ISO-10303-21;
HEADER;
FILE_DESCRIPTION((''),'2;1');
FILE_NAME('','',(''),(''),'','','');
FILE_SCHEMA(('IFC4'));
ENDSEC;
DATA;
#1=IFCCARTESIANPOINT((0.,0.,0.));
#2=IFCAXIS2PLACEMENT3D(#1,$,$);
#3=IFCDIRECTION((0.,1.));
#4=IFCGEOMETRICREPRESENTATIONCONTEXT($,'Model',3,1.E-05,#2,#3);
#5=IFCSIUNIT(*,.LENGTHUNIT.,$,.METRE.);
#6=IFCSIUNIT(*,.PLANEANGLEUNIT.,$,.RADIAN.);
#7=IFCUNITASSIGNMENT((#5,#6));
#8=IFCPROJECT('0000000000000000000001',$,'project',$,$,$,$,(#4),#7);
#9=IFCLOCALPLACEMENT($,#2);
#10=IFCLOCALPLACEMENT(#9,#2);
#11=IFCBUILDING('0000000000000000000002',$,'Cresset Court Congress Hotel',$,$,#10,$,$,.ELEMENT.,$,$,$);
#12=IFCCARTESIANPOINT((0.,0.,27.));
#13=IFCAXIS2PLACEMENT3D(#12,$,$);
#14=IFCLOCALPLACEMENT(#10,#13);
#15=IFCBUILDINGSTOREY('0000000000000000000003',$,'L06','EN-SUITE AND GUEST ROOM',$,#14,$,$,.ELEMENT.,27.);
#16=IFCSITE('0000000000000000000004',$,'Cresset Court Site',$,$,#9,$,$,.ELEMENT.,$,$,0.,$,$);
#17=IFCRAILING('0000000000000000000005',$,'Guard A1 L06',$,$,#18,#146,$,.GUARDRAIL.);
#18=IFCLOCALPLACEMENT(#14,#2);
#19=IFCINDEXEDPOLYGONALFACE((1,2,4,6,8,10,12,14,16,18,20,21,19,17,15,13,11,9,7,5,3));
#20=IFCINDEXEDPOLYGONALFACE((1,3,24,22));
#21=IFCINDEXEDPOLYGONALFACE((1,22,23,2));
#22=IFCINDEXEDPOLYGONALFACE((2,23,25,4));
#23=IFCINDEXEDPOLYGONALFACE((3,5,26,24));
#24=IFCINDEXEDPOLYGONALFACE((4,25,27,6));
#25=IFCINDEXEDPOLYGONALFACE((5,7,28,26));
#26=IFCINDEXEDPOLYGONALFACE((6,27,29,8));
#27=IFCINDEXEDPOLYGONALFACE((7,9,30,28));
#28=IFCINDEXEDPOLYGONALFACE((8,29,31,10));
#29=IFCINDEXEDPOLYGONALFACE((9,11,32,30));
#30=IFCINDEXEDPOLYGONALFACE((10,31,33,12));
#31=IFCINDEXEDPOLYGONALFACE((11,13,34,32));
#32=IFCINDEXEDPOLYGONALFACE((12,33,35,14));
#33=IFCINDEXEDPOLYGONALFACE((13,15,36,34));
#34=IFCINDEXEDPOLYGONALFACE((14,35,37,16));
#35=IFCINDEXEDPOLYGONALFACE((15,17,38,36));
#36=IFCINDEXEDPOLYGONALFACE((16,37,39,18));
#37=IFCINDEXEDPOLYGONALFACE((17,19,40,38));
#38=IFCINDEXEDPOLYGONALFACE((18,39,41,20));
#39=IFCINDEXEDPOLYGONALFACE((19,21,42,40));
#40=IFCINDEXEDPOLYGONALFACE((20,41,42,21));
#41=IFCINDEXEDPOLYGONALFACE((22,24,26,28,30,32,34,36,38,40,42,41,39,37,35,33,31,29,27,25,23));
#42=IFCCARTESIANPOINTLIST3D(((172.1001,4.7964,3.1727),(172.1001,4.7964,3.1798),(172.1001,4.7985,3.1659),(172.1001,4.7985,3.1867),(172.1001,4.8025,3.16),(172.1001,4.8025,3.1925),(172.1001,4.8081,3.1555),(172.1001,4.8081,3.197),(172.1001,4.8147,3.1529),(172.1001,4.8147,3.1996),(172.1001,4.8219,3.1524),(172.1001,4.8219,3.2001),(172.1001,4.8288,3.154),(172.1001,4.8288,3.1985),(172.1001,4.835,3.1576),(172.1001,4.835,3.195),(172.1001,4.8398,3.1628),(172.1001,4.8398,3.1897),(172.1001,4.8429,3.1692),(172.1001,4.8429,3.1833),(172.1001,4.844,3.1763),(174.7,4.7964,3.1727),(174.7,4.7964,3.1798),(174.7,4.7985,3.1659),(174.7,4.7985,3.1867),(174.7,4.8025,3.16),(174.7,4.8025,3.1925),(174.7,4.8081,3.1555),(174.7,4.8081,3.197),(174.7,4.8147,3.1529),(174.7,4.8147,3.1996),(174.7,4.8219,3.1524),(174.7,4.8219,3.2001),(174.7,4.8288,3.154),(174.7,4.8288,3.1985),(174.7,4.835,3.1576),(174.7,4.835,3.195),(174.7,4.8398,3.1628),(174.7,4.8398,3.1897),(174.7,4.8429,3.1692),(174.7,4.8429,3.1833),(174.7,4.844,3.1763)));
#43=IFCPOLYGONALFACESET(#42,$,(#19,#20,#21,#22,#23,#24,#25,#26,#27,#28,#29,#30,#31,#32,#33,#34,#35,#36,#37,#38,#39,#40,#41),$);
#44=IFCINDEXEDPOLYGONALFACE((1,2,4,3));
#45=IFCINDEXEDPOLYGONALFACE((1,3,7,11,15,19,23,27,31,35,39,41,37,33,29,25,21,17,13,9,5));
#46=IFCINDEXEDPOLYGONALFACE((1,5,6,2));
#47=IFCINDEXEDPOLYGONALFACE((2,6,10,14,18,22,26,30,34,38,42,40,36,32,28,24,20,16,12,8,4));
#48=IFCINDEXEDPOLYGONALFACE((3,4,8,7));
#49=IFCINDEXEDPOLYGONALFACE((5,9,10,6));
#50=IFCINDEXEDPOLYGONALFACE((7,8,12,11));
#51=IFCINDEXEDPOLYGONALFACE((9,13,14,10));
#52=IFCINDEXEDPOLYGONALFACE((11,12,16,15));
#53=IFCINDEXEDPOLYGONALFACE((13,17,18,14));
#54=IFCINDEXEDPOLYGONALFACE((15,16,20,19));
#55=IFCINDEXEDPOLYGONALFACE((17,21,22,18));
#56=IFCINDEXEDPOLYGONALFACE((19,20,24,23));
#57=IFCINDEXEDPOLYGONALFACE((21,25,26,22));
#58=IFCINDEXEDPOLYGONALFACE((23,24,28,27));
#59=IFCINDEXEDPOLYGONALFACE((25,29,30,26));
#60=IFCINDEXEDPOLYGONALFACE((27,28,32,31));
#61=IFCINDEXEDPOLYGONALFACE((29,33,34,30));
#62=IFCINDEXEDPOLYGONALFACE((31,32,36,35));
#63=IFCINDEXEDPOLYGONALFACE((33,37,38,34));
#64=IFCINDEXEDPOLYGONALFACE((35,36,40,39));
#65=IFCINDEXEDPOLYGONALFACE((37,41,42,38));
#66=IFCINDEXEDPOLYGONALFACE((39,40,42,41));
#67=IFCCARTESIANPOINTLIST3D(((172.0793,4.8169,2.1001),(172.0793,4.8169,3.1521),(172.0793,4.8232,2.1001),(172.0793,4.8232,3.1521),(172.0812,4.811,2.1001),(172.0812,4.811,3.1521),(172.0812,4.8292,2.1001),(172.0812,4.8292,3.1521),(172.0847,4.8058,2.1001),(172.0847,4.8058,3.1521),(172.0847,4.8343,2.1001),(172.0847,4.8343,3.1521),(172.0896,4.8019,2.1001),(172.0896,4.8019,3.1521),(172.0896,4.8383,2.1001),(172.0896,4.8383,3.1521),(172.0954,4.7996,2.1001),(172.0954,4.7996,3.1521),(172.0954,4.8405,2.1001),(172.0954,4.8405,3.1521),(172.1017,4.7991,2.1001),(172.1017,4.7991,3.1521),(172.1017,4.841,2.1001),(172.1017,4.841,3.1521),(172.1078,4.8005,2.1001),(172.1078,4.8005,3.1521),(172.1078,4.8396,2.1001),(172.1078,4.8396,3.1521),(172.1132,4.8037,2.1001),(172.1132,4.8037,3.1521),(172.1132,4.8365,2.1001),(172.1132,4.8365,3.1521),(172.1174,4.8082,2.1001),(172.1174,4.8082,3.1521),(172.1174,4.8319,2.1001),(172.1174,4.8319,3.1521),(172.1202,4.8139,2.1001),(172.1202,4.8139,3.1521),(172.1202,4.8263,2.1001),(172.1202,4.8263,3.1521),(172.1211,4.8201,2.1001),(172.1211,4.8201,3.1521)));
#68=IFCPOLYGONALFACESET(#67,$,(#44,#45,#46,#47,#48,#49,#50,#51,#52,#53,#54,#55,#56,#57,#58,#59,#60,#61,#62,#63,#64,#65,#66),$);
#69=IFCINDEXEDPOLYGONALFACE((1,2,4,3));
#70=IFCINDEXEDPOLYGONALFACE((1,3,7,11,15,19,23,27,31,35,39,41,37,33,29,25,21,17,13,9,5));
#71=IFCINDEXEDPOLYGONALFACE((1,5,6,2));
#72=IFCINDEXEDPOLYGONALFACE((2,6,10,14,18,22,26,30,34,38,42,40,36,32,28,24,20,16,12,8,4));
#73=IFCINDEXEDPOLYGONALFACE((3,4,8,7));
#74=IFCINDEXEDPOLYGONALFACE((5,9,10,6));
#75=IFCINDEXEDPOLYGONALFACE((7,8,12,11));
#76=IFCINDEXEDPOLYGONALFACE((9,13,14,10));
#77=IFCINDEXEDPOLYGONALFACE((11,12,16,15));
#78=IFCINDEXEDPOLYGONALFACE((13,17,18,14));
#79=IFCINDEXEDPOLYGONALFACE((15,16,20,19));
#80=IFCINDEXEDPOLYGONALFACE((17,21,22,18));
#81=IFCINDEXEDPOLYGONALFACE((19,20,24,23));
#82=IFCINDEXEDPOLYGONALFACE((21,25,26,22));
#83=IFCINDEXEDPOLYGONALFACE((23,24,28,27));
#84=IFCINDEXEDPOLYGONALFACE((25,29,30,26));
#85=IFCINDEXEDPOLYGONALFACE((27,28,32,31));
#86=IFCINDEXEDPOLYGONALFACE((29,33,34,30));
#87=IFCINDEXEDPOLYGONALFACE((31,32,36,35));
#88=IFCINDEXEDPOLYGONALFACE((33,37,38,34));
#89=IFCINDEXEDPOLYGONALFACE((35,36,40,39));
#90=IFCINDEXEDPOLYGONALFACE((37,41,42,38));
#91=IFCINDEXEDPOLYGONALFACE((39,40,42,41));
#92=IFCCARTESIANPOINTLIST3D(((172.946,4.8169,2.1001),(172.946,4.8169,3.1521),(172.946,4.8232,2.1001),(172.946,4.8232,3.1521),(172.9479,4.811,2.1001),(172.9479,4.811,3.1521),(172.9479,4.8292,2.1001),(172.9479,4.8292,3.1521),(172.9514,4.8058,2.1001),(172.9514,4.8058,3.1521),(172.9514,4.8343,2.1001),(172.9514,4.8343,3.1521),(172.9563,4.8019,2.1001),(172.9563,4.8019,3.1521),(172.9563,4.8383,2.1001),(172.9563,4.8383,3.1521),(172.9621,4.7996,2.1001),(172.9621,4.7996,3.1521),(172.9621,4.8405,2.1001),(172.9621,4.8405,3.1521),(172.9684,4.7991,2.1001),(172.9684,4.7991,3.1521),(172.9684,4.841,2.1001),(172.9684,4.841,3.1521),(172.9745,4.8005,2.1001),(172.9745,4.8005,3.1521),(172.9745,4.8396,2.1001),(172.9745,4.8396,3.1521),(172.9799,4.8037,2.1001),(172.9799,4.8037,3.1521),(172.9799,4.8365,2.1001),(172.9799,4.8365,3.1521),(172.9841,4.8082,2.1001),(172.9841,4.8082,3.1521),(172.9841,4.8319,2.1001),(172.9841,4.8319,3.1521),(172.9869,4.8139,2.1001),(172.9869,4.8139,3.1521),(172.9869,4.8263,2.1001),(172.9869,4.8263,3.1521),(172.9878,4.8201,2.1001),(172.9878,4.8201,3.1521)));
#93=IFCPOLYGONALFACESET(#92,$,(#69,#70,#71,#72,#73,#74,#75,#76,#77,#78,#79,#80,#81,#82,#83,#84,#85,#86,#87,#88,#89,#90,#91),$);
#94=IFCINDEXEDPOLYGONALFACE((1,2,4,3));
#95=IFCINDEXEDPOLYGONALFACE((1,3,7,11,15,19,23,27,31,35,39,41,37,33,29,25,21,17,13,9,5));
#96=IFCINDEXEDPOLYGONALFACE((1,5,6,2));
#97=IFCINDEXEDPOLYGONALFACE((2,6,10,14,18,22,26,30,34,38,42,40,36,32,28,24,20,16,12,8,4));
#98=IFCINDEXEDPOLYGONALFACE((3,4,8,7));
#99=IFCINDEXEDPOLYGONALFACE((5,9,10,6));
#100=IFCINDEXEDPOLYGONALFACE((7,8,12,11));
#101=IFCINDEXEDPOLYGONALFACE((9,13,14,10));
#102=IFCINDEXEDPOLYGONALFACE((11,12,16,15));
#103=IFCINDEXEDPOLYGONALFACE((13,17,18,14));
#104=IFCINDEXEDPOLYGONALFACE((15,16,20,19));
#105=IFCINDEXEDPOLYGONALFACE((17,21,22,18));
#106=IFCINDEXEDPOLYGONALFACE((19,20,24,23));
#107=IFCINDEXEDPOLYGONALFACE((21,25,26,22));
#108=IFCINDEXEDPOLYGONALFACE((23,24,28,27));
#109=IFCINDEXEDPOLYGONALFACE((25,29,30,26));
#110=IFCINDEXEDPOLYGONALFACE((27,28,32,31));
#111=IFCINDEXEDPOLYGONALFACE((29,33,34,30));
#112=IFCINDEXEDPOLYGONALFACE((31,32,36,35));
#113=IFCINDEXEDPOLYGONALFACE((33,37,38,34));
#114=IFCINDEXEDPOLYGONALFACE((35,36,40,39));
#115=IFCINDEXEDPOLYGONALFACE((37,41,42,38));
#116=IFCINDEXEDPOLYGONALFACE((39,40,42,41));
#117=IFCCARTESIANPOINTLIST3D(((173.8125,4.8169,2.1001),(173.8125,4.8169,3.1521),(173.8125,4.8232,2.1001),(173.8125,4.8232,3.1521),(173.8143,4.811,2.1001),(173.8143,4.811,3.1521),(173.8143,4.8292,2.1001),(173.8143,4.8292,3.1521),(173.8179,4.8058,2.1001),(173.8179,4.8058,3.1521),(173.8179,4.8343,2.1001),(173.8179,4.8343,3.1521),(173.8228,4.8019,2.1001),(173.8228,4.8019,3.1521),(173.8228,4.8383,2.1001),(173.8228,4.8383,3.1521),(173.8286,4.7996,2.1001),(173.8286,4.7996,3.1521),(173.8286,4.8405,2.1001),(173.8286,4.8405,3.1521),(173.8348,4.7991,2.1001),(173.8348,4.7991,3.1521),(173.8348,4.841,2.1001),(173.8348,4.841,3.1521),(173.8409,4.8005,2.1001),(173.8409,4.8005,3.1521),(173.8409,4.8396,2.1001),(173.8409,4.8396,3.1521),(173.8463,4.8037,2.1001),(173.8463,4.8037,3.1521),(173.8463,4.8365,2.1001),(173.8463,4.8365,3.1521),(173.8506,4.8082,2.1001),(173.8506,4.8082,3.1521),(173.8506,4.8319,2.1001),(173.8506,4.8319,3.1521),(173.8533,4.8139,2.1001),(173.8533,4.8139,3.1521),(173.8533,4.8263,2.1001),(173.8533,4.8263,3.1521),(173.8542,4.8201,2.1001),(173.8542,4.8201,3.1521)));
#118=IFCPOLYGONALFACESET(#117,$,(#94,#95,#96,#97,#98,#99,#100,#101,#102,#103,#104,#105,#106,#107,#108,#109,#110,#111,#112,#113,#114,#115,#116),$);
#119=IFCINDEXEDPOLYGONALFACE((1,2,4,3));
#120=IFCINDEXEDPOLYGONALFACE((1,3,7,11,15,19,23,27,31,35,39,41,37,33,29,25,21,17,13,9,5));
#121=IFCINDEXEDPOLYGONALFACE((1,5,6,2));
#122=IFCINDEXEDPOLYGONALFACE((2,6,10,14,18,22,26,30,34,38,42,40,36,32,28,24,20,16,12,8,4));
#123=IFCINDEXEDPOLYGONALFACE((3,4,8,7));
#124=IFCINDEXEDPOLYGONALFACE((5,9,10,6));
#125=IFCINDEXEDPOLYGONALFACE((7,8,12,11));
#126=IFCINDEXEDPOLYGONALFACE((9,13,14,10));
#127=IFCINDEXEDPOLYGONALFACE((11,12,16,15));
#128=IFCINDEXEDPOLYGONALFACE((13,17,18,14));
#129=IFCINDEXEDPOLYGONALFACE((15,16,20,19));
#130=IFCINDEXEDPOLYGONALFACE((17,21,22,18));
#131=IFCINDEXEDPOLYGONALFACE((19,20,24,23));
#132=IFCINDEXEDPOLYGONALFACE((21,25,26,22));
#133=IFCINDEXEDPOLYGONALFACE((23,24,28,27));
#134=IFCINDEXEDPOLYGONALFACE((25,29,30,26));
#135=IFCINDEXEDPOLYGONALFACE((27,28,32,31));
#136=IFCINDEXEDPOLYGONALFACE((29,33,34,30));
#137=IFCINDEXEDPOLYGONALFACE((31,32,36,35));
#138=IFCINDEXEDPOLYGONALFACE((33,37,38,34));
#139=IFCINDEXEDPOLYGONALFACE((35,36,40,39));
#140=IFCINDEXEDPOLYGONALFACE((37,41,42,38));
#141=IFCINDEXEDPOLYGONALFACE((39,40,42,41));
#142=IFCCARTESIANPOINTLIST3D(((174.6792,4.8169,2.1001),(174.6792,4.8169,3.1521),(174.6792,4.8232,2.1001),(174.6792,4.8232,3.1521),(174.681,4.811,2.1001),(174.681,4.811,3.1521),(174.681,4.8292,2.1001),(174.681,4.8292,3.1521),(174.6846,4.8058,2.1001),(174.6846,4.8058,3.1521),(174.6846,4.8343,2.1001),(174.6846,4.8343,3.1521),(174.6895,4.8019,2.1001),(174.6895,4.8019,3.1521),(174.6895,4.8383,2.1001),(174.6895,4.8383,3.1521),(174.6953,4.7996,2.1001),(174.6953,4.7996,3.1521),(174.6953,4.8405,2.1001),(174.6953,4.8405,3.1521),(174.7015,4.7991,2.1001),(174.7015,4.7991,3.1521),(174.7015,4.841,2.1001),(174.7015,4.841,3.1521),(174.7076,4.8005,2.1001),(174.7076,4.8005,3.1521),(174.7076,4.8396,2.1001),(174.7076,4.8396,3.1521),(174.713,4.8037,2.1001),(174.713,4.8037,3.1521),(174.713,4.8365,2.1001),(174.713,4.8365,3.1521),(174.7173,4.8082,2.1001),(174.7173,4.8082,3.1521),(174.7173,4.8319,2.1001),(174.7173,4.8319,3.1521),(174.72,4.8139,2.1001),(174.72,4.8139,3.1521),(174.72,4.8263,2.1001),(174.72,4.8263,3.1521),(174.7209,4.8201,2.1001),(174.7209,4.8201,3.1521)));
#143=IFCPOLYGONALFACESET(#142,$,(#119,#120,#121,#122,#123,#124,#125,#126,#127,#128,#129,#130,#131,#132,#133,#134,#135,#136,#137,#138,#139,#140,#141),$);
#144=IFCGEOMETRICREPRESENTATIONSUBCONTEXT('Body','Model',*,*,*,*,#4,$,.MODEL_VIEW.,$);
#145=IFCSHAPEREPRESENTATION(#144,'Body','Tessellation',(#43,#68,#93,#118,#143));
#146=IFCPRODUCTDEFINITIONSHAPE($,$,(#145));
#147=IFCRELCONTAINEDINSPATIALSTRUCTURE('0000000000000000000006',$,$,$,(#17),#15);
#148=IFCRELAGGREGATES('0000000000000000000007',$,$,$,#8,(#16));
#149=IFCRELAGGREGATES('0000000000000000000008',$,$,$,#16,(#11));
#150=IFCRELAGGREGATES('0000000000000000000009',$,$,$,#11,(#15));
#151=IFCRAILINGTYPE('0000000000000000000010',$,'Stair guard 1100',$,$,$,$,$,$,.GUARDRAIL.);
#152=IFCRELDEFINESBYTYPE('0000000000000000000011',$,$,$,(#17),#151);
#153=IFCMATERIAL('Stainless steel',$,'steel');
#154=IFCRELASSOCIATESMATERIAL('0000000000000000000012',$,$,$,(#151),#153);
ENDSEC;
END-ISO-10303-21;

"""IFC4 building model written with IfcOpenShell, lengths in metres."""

from ifc_helpers import new_model, si_unit, direction, frame, origin, origin_2d, place, context, subcontext, project, spatial, circle, extrude, material, type_object, element, save


model = new_model("IFC4")

# Units and contexts
model_context = context("Model", 3, precision=1e-05, world=origin(), true_north=direction((0.0, 1.0)))
body_context = subcontext(model_context, "Body", "Model", "MODEL_VIEW")
ifc_project = project(units=[si_unit("LENGTHUNIT", "METRE"), si_unit("PLANEANGLEUNIT", "RADIAN")], contexts=[model_context])

# Site, building, storey
site_placement = place(None, origin())
site = spatial("IfcSite", under=ifc_project, at=site_placement, Name="Cresset Court Site", CompositionType="ELEMENT", RefElevation=0.0)
building_placement = place(site_placement, origin())
building = spatial("IfcBuilding", under=site, at=building_placement, Name="Cresset Court Congress Hotel", CompositionType="ELEMENT")
storey_placement = place(building_placement, frame((0.0, 0.0, 27.0)))
storey = spatial("IfcBuildingStorey", under=building, at=storey_placement, Name="L06", Description="EN-SUITE AND GUEST ROOM", CompositionType="ELEMENT", Elevation=27.0)

# Railing
ifc_material_1 = material(Name="Stainless steel", Category="steel")
railing_type_1 = type_object("IfcRailingType", Name="Stair guard 1100", PredefinedType="GUARDRAIL", material=ifc_material_1)
railing_1_placement = place(storey_placement, frame((172.1001, 4.8201, 2.1001)))
element("IfcRailing", 1, at=railing_1_placement, inside=storey, type_object=railing_type_1, Name="Guard A1 L06", PredefinedType="GUARDRAIL", context=body_context, shape_type="SweptSolid", body=[
    extrude(circle(Radius=0.0239, at=origin_2d()), frame((0.0, 0.0, 1.0762), z_axis=(1.0, 0.0, 0.0), x_axis=(0.0, 1.0, 0.0)), (0.0, 0.0, 1.0), 2.5999),
    extrude(circle(Radius=0.021, at=origin_2d()), origin(), (0.0, 0.0, 1.0), 1.052),
    extrude(circle(Radius=0.021, at=origin_2d()), frame((0.8667, 0.0, 0.0)), (0.0, 0.0, 1.0), 1.052),
    extrude(circle(Radius=0.021, at=origin_2d()), frame((1.7332, 0.0, 0.0)), (0.0, 0.0, 1.0), 1.052),
    extrude(circle(Radius=0.021, at=origin_2d()), frame((2.5999, 0.0, 0.0)), (0.0, 0.0, 1.0), 1.052),
])

save(model, "model.ifc")
